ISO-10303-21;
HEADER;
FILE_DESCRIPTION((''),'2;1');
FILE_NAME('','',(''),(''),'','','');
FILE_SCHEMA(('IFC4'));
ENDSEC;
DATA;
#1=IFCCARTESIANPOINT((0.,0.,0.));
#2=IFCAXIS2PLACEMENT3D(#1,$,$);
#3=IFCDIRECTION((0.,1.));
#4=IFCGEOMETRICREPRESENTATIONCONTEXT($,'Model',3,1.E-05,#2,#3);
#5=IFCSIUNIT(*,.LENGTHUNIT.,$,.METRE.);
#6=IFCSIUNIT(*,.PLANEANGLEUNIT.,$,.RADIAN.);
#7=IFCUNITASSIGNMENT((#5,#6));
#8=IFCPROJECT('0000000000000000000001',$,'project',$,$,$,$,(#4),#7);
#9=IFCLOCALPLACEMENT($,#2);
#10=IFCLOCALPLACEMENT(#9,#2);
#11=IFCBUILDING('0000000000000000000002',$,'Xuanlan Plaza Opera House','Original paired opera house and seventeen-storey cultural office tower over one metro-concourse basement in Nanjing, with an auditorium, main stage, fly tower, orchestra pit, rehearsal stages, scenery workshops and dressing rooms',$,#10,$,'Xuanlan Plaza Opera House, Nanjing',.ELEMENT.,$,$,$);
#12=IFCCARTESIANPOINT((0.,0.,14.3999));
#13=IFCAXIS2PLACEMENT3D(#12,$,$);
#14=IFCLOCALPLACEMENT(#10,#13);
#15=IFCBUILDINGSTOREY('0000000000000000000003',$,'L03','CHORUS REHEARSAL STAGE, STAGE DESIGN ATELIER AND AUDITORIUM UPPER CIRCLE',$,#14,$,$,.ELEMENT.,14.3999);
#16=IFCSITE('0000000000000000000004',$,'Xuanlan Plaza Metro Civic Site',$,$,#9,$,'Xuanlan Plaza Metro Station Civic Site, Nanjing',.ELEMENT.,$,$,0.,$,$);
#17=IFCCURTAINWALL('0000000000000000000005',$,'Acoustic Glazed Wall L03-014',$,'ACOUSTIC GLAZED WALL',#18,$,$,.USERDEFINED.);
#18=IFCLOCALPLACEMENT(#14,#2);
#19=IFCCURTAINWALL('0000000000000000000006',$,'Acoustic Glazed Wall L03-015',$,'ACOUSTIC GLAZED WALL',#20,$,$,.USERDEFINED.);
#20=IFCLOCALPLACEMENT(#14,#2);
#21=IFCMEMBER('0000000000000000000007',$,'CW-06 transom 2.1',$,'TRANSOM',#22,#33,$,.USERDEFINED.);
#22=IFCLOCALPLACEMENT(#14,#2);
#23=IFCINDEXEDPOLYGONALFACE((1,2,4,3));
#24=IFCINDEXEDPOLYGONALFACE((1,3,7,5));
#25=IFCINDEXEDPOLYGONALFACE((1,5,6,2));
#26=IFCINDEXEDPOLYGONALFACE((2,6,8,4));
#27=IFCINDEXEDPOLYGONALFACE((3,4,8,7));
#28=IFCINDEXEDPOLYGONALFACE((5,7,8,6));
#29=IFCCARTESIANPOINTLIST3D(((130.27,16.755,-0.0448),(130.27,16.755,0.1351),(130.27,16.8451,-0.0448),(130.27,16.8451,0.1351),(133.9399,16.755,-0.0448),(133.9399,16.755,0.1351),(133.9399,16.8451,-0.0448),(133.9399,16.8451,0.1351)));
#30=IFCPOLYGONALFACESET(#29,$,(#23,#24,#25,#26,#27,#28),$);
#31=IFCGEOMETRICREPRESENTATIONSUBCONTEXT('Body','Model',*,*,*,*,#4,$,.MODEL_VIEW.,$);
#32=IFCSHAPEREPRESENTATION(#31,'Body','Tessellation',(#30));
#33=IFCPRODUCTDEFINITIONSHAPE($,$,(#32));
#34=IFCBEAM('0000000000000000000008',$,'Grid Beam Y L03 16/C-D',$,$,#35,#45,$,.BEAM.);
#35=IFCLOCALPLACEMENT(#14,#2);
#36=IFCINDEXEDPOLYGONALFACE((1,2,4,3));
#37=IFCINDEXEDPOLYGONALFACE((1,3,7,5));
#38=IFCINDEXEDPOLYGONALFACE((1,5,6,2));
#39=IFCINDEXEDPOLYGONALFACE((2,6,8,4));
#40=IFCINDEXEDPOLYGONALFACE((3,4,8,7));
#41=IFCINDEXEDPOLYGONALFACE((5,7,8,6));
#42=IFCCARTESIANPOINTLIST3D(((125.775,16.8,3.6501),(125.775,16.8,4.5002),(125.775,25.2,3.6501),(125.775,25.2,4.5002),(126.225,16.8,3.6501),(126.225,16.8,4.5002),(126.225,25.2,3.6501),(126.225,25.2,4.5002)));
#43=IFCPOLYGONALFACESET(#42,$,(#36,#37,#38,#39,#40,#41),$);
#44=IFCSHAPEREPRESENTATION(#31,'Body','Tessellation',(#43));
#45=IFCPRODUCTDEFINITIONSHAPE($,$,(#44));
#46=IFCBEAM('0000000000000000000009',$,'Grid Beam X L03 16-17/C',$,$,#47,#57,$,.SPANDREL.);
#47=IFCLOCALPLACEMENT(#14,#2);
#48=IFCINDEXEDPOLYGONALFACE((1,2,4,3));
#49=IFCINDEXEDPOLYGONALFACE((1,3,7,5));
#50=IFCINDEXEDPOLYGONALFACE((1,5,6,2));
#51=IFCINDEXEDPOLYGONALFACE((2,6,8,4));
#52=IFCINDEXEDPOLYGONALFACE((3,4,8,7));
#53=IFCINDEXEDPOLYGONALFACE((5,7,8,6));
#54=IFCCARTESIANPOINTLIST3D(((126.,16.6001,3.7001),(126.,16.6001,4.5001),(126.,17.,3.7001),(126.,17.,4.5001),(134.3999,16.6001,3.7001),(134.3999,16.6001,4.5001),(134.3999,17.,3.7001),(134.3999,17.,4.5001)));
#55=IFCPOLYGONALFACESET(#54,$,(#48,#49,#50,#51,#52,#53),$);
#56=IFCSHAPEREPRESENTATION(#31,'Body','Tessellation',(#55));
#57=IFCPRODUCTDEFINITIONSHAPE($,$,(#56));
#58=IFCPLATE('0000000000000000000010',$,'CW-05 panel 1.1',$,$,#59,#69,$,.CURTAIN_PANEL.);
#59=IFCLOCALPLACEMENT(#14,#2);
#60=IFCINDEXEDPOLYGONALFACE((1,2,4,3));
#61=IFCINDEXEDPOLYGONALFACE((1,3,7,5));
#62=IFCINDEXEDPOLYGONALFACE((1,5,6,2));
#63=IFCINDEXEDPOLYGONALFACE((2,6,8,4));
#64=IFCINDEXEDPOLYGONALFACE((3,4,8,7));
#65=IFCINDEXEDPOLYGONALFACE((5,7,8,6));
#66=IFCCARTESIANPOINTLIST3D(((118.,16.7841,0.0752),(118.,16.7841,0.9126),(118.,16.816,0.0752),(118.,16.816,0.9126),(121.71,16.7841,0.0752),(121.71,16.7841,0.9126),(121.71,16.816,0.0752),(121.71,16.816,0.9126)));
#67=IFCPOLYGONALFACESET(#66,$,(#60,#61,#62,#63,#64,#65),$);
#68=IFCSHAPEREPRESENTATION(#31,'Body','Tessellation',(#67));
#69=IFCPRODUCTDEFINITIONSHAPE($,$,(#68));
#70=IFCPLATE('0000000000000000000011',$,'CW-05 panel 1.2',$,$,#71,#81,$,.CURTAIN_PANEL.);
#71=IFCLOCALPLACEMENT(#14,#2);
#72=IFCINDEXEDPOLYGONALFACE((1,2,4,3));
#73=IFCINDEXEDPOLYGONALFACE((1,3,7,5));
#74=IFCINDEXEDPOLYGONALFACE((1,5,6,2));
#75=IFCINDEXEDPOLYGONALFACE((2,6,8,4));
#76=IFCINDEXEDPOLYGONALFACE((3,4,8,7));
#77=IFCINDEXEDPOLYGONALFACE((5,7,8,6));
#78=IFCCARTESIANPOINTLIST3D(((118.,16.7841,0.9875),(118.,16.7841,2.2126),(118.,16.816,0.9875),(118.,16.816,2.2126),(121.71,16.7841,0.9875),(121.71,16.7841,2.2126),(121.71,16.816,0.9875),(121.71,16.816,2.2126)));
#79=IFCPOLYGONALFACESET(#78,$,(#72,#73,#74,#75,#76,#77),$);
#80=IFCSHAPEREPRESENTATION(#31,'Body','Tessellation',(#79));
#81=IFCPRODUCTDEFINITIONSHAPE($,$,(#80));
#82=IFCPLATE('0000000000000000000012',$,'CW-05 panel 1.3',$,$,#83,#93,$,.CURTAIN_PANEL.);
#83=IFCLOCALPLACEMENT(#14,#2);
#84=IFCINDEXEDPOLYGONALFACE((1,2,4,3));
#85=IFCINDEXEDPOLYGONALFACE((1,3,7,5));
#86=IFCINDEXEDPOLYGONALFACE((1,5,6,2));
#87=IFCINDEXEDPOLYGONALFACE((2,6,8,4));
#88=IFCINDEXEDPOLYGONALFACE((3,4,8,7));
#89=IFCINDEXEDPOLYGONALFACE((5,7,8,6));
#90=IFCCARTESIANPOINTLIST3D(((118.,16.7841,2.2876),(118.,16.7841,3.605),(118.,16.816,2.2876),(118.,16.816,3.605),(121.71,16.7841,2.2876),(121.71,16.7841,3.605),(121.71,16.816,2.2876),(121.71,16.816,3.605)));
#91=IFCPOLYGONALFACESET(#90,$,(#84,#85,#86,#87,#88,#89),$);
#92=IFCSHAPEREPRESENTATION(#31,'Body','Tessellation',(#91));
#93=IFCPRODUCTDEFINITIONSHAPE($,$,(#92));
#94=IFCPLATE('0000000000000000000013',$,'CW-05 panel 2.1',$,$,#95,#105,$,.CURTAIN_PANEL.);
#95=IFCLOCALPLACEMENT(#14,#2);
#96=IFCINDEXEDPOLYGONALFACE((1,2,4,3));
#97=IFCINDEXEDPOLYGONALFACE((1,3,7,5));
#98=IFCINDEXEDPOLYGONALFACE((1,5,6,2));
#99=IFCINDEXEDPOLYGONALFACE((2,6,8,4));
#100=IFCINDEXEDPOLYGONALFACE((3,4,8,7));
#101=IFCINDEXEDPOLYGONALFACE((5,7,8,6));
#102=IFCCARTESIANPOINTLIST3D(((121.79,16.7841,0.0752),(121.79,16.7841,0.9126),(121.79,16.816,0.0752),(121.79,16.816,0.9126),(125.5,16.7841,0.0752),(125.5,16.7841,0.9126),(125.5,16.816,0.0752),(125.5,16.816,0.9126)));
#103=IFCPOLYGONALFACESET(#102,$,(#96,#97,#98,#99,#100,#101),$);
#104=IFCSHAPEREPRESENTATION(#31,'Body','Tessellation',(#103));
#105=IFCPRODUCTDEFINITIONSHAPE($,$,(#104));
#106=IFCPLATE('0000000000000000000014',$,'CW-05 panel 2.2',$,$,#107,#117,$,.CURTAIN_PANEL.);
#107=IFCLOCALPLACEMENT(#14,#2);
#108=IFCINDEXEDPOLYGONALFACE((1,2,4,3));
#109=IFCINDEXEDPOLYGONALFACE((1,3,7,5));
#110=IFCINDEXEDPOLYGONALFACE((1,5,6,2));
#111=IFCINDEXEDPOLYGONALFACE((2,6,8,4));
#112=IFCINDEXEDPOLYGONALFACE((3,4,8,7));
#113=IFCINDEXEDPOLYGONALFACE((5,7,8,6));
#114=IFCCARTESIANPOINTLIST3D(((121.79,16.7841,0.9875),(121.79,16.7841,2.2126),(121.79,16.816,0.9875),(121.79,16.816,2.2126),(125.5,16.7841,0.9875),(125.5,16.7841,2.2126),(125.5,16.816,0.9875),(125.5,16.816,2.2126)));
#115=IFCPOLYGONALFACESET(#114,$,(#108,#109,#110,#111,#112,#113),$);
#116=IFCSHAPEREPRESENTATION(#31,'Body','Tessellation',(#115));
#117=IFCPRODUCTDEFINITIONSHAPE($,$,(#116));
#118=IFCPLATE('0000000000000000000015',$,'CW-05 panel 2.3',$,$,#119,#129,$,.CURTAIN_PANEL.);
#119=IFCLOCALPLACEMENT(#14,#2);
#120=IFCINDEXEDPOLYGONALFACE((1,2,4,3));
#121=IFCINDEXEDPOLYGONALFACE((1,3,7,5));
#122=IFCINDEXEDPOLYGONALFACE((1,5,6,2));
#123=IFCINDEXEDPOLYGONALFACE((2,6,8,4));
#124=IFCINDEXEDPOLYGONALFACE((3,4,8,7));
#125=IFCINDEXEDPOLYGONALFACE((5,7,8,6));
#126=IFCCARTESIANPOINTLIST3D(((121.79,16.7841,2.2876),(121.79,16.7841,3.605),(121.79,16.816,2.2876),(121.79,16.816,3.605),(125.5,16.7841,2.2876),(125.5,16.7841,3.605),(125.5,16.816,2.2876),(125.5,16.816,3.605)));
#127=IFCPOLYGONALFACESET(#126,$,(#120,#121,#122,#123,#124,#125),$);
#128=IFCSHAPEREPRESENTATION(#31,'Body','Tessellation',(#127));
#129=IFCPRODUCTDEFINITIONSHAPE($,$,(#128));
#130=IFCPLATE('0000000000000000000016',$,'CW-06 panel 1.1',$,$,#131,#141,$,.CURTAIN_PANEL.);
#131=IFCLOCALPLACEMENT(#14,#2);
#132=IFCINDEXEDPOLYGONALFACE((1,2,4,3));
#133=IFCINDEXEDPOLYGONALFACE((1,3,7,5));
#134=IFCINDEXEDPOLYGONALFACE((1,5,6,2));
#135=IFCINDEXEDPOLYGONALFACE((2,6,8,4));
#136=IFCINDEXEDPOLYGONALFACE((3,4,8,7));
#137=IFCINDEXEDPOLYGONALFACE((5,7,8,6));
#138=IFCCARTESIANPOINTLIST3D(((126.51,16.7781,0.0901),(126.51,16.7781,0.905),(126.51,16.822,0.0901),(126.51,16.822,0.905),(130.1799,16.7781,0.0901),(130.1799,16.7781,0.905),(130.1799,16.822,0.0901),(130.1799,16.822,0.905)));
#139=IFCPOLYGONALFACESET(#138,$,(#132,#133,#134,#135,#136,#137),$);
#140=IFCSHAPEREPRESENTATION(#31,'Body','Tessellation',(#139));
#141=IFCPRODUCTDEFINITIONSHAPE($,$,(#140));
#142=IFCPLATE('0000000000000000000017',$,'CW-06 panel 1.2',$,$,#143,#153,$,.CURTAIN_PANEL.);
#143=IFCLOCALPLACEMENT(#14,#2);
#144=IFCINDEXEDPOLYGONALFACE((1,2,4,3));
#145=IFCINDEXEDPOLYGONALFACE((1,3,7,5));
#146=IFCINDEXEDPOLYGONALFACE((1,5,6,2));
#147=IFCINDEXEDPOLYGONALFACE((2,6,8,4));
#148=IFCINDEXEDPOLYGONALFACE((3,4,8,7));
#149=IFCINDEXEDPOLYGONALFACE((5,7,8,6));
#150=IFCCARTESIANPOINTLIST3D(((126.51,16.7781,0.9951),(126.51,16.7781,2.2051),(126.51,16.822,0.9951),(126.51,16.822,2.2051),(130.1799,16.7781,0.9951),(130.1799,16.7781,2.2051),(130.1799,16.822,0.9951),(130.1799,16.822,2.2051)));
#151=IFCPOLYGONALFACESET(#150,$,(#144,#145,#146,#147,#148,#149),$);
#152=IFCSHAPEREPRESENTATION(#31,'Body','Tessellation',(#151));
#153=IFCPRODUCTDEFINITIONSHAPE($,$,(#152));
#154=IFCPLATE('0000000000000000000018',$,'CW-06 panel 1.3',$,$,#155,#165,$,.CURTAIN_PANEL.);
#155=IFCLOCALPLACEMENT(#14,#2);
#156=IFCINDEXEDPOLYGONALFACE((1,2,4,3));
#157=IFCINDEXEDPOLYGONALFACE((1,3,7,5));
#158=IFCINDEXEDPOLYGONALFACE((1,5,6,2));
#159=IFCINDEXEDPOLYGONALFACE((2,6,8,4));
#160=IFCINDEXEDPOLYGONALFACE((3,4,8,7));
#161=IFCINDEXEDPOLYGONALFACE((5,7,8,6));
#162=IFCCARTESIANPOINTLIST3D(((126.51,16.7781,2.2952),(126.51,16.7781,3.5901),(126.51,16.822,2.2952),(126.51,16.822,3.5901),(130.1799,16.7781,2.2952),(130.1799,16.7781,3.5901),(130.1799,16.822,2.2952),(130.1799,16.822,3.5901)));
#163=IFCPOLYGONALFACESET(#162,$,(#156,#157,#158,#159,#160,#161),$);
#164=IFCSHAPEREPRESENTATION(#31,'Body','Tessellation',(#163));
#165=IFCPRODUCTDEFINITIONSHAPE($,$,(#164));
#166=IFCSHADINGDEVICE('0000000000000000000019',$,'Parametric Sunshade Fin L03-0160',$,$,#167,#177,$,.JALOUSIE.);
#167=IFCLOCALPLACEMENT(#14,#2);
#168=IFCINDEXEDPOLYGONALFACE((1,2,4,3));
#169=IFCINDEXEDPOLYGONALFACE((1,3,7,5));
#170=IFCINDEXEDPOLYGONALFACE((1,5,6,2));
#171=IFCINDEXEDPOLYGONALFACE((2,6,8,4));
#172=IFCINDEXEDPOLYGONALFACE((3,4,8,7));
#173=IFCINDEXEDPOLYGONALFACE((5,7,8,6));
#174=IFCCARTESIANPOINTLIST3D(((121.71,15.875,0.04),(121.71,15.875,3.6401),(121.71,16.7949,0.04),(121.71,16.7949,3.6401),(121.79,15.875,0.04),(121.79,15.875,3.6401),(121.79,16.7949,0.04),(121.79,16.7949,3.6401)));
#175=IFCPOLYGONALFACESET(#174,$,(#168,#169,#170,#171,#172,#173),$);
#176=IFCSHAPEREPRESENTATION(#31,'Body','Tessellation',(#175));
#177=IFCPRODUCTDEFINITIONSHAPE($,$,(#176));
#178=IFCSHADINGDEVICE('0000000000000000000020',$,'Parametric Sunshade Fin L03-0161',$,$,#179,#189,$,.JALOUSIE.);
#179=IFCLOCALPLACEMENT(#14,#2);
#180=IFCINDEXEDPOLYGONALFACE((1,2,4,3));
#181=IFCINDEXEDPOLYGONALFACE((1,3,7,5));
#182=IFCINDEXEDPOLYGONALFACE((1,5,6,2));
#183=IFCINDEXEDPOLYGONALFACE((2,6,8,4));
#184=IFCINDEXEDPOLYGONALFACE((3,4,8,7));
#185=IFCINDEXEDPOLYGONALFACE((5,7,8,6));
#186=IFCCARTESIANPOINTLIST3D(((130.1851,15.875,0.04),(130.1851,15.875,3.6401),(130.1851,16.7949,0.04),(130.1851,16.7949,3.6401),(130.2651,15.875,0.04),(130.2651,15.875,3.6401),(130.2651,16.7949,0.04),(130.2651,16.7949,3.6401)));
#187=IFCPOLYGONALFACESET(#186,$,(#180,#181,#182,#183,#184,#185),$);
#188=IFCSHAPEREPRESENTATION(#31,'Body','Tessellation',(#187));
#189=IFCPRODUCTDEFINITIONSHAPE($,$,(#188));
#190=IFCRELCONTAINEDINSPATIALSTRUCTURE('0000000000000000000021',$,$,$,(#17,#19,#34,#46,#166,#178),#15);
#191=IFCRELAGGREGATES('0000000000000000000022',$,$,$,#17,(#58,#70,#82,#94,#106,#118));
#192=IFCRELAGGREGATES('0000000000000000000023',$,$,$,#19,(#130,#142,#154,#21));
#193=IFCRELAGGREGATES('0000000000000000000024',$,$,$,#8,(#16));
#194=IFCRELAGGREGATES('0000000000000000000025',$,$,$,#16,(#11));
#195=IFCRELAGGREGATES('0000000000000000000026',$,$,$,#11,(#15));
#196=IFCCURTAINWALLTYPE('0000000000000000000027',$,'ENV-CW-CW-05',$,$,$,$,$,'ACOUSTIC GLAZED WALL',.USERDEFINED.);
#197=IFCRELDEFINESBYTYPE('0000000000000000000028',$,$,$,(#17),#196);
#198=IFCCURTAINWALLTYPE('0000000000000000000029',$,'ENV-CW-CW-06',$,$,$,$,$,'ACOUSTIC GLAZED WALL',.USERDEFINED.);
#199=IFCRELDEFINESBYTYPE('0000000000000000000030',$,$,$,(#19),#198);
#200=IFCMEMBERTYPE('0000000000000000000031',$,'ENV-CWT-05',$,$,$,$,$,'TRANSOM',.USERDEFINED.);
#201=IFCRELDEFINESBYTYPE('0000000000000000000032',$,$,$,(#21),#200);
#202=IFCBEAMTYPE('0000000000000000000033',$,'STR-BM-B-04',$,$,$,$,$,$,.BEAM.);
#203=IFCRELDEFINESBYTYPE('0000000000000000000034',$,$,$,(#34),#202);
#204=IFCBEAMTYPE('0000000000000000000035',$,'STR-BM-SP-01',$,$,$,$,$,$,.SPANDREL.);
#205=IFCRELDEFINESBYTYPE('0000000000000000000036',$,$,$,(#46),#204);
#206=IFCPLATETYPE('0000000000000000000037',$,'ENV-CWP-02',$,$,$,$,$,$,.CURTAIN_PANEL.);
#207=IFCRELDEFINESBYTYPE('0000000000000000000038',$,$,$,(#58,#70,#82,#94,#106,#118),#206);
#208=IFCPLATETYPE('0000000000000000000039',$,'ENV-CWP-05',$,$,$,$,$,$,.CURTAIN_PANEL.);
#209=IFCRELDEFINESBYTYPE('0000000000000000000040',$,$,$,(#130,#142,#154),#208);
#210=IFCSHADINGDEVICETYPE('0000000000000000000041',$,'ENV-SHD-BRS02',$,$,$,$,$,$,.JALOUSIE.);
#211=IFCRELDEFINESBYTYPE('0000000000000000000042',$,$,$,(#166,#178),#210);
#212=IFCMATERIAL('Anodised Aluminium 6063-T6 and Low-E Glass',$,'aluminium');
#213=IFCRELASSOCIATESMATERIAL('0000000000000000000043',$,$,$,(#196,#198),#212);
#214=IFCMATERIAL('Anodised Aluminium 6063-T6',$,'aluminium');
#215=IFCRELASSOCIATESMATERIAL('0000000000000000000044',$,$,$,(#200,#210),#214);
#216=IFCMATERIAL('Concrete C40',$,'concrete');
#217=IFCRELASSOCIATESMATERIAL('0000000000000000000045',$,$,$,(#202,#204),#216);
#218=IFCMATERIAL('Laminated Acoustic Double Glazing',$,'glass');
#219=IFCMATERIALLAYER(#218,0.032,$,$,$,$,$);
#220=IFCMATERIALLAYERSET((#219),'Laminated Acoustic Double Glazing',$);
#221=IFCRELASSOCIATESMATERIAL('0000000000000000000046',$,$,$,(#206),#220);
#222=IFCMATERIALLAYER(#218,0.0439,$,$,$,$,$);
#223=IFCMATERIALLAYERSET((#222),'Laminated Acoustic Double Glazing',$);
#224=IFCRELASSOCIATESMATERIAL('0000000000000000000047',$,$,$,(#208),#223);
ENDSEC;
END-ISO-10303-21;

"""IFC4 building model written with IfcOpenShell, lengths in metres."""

from ifc_helpers import new_model, si_unit, direction, frame, origin, origin_2d, place, context, subcontext, project, spatial, rectangle, extrude, material, layer, layer_set, material_profile, profile_set, type_object, element, aggregate, save


model = new_model("IFC4")

# Units and contexts
model_context = context("Model", 3, precision=1e-05, world=origin(), true_north=direction((0.0, 1.0)))
body_context = subcontext(model_context, "Body", "Model", "MODEL_VIEW")
ifc_project = project(units=[si_unit("LENGTHUNIT", "METRE"), si_unit("PLANEANGLEUNIT", "RADIAN")], contexts=[model_context])

# Site, building, storey
site_placement = place(None, origin())
site = spatial("IfcSite", under=ifc_project, at=site_placement, Name="Xuanlan Plaza Metro Civic Site", LongName="Xuanlan Plaza Metro Station Civic Site, Nanjing", CompositionType="ELEMENT", RefElevation=0.0)
building_placement = place(site_placement, origin())
building = spatial("IfcBuilding", under=site, at=building_placement, Name="Xuanlan Plaza Opera House", Description="Original paired opera house and seventeen-storey cultural office tower over one metro-concourse basement in Nanjing, with an auditorium, main stage, fly tower, orchestra pit, rehearsal stages, scenery workshops and dressing rooms", LongName="Xuanlan Plaza Opera House, Nanjing", CompositionType="ELEMENT")
storey_placement = place(building_placement, frame((0.0, 0.0, 14.3999)))
storey = spatial("IfcBuildingStorey", under=building, at=storey_placement, Name="L03", Description="CHORUS REHEARSAL STAGE, STAGE DESIGN ATELIER AND AUDITORIUM UPPER CIRCLE", CompositionType="ELEMENT", Elevation=14.3999)

# Shared definitions
ifc_material_1 = material(Name="Concrete C40", Category="concrete")

# Curtain walls
ifc_material_2 = material(Name="Anodised Aluminium 6063-T6 and Low-E Glass", Category="aluminium")
curtain_wall_type_1 = type_object("IfcCurtainWallType", Name="ENV-CW-CW-05", ElementType="ACOUSTIC GLAZED WALL", PredefinedType="USERDEFINED", material=ifc_material_2)
curtain_wall_1_placement = place(storey_placement, origin())
curtain_wall_1 = element("IfcCurtainWall", 1, at=curtain_wall_1_placement, inside=storey, type_object=curtain_wall_type_1, Name="Acoustic Glazed Wall L03-014", ObjectType="ACOUSTIC GLAZED WALL", PredefinedType="USERDEFINED")
ifc_material_3 = material(Name="Anodised Aluminium 6063-T6", Category="aluminium")
curtain_wall_type_2 = type_object("IfcCurtainWallType", Name="ENV-CW-CW-06", ElementType="ACOUSTIC GLAZED WALL", PredefinedType="USERDEFINED", material=ifc_material_2)
curtain_wall_2_placement = place(storey_placement, origin())
curtain_wall_2 = element("IfcCurtainWall", 2, at=curtain_wall_2_placement, inside=storey, type_object=curtain_wall_type_2, Name="Acoustic Glazed Wall L03-015", ObjectType="ACOUSTIC GLAZED WALL", PredefinedType="USERDEFINED")

# Member
ifc_material_profile_1 = material_profile(ifc_material_3, rectangle(XDim=0.0901, YDim=0.1799, at=origin_2d()), Name="ALU-T 90x180")
ifc_profile_set_1 = profile_set([ifc_material_profile_1], Name="Anodised Aluminium 6063-T6")
member_type_1 = type_object("IfcMemberType", Name="ENV-CWT-05", ElementType="TRANSOM", PredefinedType="USERDEFINED", material=ifc_profile_set_1)
member_1_placement = place(storey_placement, frame((130.27, 16.8, 0.0452), z_axis=(1.0, 0.0, 0.0), x_axis=(0.0, 1.0, 0.0)))
member_1 = element("IfcMember", 3, at=member_1_placement, type_object=member_type_1, Name="CW-06 transom 2.1", ObjectType="TRANSOM", PredefinedType="USERDEFINED", context=body_context, shape_type="SweptSolid", body=[
    extrude(rectangle(XDim=0.0901, YDim=0.1799, at=origin_2d()), origin(), (0.0, 0.0, 1.0), 3.6699),
])

# Beams
ifc_material_profile_2 = material_profile(ifc_material_1, rectangle(XDim=0.45, YDim=0.8501, at=origin_2d()), Name="RC-BM 450x850")
ifc_profile_set_2 = profile_set([ifc_material_profile_2], Name="Concrete C40")
beam_type_1 = type_object("IfcBeamType", Name="STR-BM-B-04", PredefinedType="BEAM", material=ifc_profile_set_2)
beam_1_placement = place(storey_placement, frame((126.0, 16.8, 4.0752), z_axis=(0.0, 1.0, 0.0), x_axis=(-1.0, 0.0, 0.0)))
element("IfcBeam", 4, at=beam_1_placement, inside=storey, type_object=beam_type_1, Name="Grid Beam Y L03 16/C-D", PredefinedType="BEAM", context=body_context, shape_type="SweptSolid", body=[
    extrude(rectangle(XDim=0.45, YDim=0.8501, at=origin_2d()), origin(), (0.0, 0.0, 1.0), 8.3999),
])
ifc_material_profile_3 = material_profile(ifc_material_1, rectangle(XDim=0.3999, YDim=0.8, at=origin_2d()), Name="RC-SPD 400x800")
ifc_profile_set_3 = profile_set([ifc_material_profile_3], Name="Concrete C40")
beam_type_2 = type_object("IfcBeamType", Name="STR-BM-SP-01", PredefinedType="SPANDREL", material=ifc_profile_set_3)
beam_2_placement = place(storey_placement, frame((126.0, 16.8, 4.1001), z_axis=(1.0, 0.0, 0.0), x_axis=(0.0, 1.0, 0.0)))
element("IfcBeam", 5, at=beam_2_placement, inside=storey, type_object=beam_type_2, Name="Grid Beam X L03 16-17/C", PredefinedType="SPANDREL", context=body_context, shape_type="SweptSolid", body=[
    extrude(rectangle(XDim=0.3999, YDim=0.8, at=origin_2d()), origin(), (0.0, 0.0, 1.0), 8.3999),
])

# Plates
ifc_material_4 = material(Name="Laminated Acoustic Double Glazing", Category="glass")
ifc_layer_1 = layer(ifc_material_4, 0.032)
ifc_layer_set_1 = layer_set([ifc_layer_1], Name="Laminated Acoustic Double Glazing")
plate_type_1 = type_object("IfcPlateType", Name="ENV-CWP-02", PredefinedType="CURTAIN_PANEL", material=ifc_layer_set_1)
plate_1_placement = place(storey_placement, frame((119.855, 16.8, 0.0752), z_axis=(0.0, 0.0, 1.0), x_axis=(1.0, 0.0, 0.0)))
plate_1 = element("IfcPlate", 6, at=plate_1_placement, type_object=plate_type_1, Name="CW-05 panel 1.1", PredefinedType="CURTAIN_PANEL", context=body_context, shape_type="SweptSolid", body=[
    extrude(rectangle(XDim=3.71, YDim=0.032, at=origin_2d()), origin(), (0.0, 0.0, 1.0), 0.8374),
])
plate_2_placement = place(storey_placement, frame((119.855, 16.8, 0.9875), z_axis=(0.0, 0.0, 1.0), x_axis=(1.0, 0.0, 0.0)))
plate_2 = element("IfcPlate", 7, at=plate_2_placement, type_object=plate_type_1, Name="CW-05 panel 1.2", PredefinedType="CURTAIN_PANEL", context=body_context, shape_type="SweptSolid", body=[
    extrude(rectangle(XDim=3.71, YDim=0.032, at=origin_2d()), origin(), (0.0, 0.0, 1.0), 1.2251),
])
plate_3_placement = place(storey_placement, frame((119.855, 16.8, 2.2876), z_axis=(0.0, 0.0, 1.0), x_axis=(1.0, 0.0, 0.0)))
plate_3 = element("IfcPlate", 8, at=plate_3_placement, type_object=plate_type_1, Name="CW-05 panel 1.3", PredefinedType="CURTAIN_PANEL", context=body_context, shape_type="SweptSolid", body=[
    extrude(rectangle(XDim=3.71, YDim=0.032, at=origin_2d()), origin(), (0.0, 0.0, 1.0), 1.3174),
])
plate_4_placement = place(storey_placement, frame((123.645, 16.8, 0.0752), z_axis=(0.0, 0.0, 1.0), x_axis=(1.0, 0.0, 0.0)))
plate_4 = element("IfcPlate", 9, at=plate_4_placement, type_object=plate_type_1, Name="CW-05 panel 2.1", PredefinedType="CURTAIN_PANEL", context=body_context, shape_type="SweptSolid", body=[
    extrude(rectangle(XDim=3.71, YDim=0.032, at=origin_2d()), origin(), (0.0, 0.0, 1.0), 0.8374),
])
plate_5_placement = place(storey_placement, frame((123.645, 16.8, 0.9875), z_axis=(0.0, 0.0, 1.0), x_axis=(1.0, 0.0, 0.0)))
plate_5 = element("IfcPlate", 10, at=plate_5_placement, type_object=plate_type_1, Name="CW-05 panel 2.2", PredefinedType="CURTAIN_PANEL", context=body_context, shape_type="SweptSolid", body=[
    extrude(rectangle(XDim=3.71, YDim=0.032, at=origin_2d()), origin(), (0.0, 0.0, 1.0), 1.2251),
])
plate_6_placement = place(storey_placement, frame((123.645, 16.8, 2.2876), z_axis=(0.0, 0.0, 1.0), x_axis=(1.0, 0.0, 0.0)))
plate_6 = element("IfcPlate", 11, at=plate_6_placement, type_object=plate_type_1, Name="CW-05 panel 2.3", PredefinedType="CURTAIN_PANEL", context=body_context, shape_type="SweptSolid", body=[
    extrude(rectangle(XDim=3.71, YDim=0.032, at=origin_2d()), origin(), (0.0, 0.0, 1.0), 1.3174),
])
aggregate(curtain_wall_1, [plate_1, plate_2, plate_3, plate_4, plate_5, plate_6])
ifc_layer_2 = layer(ifc_material_4, 0.0439)
ifc_layer_set_2 = layer_set([ifc_layer_2], Name="Laminated Acoustic Double Glazing")
plate_type_2 = type_object("IfcPlateType", Name="ENV-CWP-05", PredefinedType="CURTAIN_PANEL", material=ifc_layer_set_2)
plate_7_placement = place(storey_placement, frame((128.345, 16.8, 0.0901), z_axis=(0.0, 0.0, 1.0), x_axis=(1.0, 0.0, 0.0)))
plate_7 = element("IfcPlate", 12, at=plate_7_placement, type_object=plate_type_2, Name="CW-06 panel 1.1", PredefinedType="CURTAIN_PANEL", context=body_context, shape_type="SweptSolid", body=[
    extrude(rectangle(XDim=3.6699, YDim=0.0439, at=origin_2d()), origin(), (0.0, 0.0, 1.0), 0.8149),
])
plate_8_placement = place(storey_placement, frame((128.345, 16.8, 0.9951), z_axis=(0.0, 0.0, 1.0), x_axis=(1.0, 0.0, 0.0)))
plate_8 = element("IfcPlate", 13, at=plate_8_placement, type_object=plate_type_2, Name="CW-06 panel 1.2", PredefinedType="CURTAIN_PANEL", context=body_context, shape_type="SweptSolid", body=[
    extrude(rectangle(XDim=3.6699, YDim=0.0439, at=origin_2d()), origin(), (0.0, 0.0, 1.0), 1.21),
])
plate_9_placement = place(storey_placement, frame((128.345, 16.8, 2.2952), z_axis=(0.0, 0.0, 1.0), x_axis=(1.0, 0.0, 0.0)))
plate_9 = element("IfcPlate", 14, at=plate_9_placement, type_object=plate_type_2, Name="CW-06 panel 1.3", PredefinedType="CURTAIN_PANEL", context=body_context, shape_type="SweptSolid", body=[
    extrude(rectangle(XDim=3.6699, YDim=0.0439, at=origin_2d()), origin(), (0.0, 0.0, 1.0), 1.2949),
])
aggregate(curtain_wall_2, [plate_7, plate_8, plate_9, member_1])

# Shading devices
shading_device_type = type_object("IfcShadingDeviceType", Name="ENV-SHD-BRS02", PredefinedType="JALOUSIE", material=ifc_material_3)
for number, where, z_axis, x_axis, name in (
    (15, (121.75, 16.335, 0.04), (0.0, 0.0, 1.0), (0.0, -1.0, 0.0), "Parametric Sunshade Fin L03-0160"),
    (16, (130.2251, 16.335, 0.04), (0.0, 0.0, 1.0), (0.0, -1.0, 0.0), "Parametric Sunshade Fin L03-0161"),
):
    element("IfcShadingDevice", number, at=place(storey_placement, frame(where, z_axis=z_axis, x_axis=x_axis)), inside=storey, type_object=shading_device_type, Name=name, PredefinedType="JALOUSIE", context=body_context, shape_type="SweptSolid", body=[
        extrude(rectangle(XDim=0.9199, YDim=0.0801, at=origin_2d()), origin(), (0.0, 0.0, 1.0), 3.6001),
    ])

save(model, "model.ifc")
